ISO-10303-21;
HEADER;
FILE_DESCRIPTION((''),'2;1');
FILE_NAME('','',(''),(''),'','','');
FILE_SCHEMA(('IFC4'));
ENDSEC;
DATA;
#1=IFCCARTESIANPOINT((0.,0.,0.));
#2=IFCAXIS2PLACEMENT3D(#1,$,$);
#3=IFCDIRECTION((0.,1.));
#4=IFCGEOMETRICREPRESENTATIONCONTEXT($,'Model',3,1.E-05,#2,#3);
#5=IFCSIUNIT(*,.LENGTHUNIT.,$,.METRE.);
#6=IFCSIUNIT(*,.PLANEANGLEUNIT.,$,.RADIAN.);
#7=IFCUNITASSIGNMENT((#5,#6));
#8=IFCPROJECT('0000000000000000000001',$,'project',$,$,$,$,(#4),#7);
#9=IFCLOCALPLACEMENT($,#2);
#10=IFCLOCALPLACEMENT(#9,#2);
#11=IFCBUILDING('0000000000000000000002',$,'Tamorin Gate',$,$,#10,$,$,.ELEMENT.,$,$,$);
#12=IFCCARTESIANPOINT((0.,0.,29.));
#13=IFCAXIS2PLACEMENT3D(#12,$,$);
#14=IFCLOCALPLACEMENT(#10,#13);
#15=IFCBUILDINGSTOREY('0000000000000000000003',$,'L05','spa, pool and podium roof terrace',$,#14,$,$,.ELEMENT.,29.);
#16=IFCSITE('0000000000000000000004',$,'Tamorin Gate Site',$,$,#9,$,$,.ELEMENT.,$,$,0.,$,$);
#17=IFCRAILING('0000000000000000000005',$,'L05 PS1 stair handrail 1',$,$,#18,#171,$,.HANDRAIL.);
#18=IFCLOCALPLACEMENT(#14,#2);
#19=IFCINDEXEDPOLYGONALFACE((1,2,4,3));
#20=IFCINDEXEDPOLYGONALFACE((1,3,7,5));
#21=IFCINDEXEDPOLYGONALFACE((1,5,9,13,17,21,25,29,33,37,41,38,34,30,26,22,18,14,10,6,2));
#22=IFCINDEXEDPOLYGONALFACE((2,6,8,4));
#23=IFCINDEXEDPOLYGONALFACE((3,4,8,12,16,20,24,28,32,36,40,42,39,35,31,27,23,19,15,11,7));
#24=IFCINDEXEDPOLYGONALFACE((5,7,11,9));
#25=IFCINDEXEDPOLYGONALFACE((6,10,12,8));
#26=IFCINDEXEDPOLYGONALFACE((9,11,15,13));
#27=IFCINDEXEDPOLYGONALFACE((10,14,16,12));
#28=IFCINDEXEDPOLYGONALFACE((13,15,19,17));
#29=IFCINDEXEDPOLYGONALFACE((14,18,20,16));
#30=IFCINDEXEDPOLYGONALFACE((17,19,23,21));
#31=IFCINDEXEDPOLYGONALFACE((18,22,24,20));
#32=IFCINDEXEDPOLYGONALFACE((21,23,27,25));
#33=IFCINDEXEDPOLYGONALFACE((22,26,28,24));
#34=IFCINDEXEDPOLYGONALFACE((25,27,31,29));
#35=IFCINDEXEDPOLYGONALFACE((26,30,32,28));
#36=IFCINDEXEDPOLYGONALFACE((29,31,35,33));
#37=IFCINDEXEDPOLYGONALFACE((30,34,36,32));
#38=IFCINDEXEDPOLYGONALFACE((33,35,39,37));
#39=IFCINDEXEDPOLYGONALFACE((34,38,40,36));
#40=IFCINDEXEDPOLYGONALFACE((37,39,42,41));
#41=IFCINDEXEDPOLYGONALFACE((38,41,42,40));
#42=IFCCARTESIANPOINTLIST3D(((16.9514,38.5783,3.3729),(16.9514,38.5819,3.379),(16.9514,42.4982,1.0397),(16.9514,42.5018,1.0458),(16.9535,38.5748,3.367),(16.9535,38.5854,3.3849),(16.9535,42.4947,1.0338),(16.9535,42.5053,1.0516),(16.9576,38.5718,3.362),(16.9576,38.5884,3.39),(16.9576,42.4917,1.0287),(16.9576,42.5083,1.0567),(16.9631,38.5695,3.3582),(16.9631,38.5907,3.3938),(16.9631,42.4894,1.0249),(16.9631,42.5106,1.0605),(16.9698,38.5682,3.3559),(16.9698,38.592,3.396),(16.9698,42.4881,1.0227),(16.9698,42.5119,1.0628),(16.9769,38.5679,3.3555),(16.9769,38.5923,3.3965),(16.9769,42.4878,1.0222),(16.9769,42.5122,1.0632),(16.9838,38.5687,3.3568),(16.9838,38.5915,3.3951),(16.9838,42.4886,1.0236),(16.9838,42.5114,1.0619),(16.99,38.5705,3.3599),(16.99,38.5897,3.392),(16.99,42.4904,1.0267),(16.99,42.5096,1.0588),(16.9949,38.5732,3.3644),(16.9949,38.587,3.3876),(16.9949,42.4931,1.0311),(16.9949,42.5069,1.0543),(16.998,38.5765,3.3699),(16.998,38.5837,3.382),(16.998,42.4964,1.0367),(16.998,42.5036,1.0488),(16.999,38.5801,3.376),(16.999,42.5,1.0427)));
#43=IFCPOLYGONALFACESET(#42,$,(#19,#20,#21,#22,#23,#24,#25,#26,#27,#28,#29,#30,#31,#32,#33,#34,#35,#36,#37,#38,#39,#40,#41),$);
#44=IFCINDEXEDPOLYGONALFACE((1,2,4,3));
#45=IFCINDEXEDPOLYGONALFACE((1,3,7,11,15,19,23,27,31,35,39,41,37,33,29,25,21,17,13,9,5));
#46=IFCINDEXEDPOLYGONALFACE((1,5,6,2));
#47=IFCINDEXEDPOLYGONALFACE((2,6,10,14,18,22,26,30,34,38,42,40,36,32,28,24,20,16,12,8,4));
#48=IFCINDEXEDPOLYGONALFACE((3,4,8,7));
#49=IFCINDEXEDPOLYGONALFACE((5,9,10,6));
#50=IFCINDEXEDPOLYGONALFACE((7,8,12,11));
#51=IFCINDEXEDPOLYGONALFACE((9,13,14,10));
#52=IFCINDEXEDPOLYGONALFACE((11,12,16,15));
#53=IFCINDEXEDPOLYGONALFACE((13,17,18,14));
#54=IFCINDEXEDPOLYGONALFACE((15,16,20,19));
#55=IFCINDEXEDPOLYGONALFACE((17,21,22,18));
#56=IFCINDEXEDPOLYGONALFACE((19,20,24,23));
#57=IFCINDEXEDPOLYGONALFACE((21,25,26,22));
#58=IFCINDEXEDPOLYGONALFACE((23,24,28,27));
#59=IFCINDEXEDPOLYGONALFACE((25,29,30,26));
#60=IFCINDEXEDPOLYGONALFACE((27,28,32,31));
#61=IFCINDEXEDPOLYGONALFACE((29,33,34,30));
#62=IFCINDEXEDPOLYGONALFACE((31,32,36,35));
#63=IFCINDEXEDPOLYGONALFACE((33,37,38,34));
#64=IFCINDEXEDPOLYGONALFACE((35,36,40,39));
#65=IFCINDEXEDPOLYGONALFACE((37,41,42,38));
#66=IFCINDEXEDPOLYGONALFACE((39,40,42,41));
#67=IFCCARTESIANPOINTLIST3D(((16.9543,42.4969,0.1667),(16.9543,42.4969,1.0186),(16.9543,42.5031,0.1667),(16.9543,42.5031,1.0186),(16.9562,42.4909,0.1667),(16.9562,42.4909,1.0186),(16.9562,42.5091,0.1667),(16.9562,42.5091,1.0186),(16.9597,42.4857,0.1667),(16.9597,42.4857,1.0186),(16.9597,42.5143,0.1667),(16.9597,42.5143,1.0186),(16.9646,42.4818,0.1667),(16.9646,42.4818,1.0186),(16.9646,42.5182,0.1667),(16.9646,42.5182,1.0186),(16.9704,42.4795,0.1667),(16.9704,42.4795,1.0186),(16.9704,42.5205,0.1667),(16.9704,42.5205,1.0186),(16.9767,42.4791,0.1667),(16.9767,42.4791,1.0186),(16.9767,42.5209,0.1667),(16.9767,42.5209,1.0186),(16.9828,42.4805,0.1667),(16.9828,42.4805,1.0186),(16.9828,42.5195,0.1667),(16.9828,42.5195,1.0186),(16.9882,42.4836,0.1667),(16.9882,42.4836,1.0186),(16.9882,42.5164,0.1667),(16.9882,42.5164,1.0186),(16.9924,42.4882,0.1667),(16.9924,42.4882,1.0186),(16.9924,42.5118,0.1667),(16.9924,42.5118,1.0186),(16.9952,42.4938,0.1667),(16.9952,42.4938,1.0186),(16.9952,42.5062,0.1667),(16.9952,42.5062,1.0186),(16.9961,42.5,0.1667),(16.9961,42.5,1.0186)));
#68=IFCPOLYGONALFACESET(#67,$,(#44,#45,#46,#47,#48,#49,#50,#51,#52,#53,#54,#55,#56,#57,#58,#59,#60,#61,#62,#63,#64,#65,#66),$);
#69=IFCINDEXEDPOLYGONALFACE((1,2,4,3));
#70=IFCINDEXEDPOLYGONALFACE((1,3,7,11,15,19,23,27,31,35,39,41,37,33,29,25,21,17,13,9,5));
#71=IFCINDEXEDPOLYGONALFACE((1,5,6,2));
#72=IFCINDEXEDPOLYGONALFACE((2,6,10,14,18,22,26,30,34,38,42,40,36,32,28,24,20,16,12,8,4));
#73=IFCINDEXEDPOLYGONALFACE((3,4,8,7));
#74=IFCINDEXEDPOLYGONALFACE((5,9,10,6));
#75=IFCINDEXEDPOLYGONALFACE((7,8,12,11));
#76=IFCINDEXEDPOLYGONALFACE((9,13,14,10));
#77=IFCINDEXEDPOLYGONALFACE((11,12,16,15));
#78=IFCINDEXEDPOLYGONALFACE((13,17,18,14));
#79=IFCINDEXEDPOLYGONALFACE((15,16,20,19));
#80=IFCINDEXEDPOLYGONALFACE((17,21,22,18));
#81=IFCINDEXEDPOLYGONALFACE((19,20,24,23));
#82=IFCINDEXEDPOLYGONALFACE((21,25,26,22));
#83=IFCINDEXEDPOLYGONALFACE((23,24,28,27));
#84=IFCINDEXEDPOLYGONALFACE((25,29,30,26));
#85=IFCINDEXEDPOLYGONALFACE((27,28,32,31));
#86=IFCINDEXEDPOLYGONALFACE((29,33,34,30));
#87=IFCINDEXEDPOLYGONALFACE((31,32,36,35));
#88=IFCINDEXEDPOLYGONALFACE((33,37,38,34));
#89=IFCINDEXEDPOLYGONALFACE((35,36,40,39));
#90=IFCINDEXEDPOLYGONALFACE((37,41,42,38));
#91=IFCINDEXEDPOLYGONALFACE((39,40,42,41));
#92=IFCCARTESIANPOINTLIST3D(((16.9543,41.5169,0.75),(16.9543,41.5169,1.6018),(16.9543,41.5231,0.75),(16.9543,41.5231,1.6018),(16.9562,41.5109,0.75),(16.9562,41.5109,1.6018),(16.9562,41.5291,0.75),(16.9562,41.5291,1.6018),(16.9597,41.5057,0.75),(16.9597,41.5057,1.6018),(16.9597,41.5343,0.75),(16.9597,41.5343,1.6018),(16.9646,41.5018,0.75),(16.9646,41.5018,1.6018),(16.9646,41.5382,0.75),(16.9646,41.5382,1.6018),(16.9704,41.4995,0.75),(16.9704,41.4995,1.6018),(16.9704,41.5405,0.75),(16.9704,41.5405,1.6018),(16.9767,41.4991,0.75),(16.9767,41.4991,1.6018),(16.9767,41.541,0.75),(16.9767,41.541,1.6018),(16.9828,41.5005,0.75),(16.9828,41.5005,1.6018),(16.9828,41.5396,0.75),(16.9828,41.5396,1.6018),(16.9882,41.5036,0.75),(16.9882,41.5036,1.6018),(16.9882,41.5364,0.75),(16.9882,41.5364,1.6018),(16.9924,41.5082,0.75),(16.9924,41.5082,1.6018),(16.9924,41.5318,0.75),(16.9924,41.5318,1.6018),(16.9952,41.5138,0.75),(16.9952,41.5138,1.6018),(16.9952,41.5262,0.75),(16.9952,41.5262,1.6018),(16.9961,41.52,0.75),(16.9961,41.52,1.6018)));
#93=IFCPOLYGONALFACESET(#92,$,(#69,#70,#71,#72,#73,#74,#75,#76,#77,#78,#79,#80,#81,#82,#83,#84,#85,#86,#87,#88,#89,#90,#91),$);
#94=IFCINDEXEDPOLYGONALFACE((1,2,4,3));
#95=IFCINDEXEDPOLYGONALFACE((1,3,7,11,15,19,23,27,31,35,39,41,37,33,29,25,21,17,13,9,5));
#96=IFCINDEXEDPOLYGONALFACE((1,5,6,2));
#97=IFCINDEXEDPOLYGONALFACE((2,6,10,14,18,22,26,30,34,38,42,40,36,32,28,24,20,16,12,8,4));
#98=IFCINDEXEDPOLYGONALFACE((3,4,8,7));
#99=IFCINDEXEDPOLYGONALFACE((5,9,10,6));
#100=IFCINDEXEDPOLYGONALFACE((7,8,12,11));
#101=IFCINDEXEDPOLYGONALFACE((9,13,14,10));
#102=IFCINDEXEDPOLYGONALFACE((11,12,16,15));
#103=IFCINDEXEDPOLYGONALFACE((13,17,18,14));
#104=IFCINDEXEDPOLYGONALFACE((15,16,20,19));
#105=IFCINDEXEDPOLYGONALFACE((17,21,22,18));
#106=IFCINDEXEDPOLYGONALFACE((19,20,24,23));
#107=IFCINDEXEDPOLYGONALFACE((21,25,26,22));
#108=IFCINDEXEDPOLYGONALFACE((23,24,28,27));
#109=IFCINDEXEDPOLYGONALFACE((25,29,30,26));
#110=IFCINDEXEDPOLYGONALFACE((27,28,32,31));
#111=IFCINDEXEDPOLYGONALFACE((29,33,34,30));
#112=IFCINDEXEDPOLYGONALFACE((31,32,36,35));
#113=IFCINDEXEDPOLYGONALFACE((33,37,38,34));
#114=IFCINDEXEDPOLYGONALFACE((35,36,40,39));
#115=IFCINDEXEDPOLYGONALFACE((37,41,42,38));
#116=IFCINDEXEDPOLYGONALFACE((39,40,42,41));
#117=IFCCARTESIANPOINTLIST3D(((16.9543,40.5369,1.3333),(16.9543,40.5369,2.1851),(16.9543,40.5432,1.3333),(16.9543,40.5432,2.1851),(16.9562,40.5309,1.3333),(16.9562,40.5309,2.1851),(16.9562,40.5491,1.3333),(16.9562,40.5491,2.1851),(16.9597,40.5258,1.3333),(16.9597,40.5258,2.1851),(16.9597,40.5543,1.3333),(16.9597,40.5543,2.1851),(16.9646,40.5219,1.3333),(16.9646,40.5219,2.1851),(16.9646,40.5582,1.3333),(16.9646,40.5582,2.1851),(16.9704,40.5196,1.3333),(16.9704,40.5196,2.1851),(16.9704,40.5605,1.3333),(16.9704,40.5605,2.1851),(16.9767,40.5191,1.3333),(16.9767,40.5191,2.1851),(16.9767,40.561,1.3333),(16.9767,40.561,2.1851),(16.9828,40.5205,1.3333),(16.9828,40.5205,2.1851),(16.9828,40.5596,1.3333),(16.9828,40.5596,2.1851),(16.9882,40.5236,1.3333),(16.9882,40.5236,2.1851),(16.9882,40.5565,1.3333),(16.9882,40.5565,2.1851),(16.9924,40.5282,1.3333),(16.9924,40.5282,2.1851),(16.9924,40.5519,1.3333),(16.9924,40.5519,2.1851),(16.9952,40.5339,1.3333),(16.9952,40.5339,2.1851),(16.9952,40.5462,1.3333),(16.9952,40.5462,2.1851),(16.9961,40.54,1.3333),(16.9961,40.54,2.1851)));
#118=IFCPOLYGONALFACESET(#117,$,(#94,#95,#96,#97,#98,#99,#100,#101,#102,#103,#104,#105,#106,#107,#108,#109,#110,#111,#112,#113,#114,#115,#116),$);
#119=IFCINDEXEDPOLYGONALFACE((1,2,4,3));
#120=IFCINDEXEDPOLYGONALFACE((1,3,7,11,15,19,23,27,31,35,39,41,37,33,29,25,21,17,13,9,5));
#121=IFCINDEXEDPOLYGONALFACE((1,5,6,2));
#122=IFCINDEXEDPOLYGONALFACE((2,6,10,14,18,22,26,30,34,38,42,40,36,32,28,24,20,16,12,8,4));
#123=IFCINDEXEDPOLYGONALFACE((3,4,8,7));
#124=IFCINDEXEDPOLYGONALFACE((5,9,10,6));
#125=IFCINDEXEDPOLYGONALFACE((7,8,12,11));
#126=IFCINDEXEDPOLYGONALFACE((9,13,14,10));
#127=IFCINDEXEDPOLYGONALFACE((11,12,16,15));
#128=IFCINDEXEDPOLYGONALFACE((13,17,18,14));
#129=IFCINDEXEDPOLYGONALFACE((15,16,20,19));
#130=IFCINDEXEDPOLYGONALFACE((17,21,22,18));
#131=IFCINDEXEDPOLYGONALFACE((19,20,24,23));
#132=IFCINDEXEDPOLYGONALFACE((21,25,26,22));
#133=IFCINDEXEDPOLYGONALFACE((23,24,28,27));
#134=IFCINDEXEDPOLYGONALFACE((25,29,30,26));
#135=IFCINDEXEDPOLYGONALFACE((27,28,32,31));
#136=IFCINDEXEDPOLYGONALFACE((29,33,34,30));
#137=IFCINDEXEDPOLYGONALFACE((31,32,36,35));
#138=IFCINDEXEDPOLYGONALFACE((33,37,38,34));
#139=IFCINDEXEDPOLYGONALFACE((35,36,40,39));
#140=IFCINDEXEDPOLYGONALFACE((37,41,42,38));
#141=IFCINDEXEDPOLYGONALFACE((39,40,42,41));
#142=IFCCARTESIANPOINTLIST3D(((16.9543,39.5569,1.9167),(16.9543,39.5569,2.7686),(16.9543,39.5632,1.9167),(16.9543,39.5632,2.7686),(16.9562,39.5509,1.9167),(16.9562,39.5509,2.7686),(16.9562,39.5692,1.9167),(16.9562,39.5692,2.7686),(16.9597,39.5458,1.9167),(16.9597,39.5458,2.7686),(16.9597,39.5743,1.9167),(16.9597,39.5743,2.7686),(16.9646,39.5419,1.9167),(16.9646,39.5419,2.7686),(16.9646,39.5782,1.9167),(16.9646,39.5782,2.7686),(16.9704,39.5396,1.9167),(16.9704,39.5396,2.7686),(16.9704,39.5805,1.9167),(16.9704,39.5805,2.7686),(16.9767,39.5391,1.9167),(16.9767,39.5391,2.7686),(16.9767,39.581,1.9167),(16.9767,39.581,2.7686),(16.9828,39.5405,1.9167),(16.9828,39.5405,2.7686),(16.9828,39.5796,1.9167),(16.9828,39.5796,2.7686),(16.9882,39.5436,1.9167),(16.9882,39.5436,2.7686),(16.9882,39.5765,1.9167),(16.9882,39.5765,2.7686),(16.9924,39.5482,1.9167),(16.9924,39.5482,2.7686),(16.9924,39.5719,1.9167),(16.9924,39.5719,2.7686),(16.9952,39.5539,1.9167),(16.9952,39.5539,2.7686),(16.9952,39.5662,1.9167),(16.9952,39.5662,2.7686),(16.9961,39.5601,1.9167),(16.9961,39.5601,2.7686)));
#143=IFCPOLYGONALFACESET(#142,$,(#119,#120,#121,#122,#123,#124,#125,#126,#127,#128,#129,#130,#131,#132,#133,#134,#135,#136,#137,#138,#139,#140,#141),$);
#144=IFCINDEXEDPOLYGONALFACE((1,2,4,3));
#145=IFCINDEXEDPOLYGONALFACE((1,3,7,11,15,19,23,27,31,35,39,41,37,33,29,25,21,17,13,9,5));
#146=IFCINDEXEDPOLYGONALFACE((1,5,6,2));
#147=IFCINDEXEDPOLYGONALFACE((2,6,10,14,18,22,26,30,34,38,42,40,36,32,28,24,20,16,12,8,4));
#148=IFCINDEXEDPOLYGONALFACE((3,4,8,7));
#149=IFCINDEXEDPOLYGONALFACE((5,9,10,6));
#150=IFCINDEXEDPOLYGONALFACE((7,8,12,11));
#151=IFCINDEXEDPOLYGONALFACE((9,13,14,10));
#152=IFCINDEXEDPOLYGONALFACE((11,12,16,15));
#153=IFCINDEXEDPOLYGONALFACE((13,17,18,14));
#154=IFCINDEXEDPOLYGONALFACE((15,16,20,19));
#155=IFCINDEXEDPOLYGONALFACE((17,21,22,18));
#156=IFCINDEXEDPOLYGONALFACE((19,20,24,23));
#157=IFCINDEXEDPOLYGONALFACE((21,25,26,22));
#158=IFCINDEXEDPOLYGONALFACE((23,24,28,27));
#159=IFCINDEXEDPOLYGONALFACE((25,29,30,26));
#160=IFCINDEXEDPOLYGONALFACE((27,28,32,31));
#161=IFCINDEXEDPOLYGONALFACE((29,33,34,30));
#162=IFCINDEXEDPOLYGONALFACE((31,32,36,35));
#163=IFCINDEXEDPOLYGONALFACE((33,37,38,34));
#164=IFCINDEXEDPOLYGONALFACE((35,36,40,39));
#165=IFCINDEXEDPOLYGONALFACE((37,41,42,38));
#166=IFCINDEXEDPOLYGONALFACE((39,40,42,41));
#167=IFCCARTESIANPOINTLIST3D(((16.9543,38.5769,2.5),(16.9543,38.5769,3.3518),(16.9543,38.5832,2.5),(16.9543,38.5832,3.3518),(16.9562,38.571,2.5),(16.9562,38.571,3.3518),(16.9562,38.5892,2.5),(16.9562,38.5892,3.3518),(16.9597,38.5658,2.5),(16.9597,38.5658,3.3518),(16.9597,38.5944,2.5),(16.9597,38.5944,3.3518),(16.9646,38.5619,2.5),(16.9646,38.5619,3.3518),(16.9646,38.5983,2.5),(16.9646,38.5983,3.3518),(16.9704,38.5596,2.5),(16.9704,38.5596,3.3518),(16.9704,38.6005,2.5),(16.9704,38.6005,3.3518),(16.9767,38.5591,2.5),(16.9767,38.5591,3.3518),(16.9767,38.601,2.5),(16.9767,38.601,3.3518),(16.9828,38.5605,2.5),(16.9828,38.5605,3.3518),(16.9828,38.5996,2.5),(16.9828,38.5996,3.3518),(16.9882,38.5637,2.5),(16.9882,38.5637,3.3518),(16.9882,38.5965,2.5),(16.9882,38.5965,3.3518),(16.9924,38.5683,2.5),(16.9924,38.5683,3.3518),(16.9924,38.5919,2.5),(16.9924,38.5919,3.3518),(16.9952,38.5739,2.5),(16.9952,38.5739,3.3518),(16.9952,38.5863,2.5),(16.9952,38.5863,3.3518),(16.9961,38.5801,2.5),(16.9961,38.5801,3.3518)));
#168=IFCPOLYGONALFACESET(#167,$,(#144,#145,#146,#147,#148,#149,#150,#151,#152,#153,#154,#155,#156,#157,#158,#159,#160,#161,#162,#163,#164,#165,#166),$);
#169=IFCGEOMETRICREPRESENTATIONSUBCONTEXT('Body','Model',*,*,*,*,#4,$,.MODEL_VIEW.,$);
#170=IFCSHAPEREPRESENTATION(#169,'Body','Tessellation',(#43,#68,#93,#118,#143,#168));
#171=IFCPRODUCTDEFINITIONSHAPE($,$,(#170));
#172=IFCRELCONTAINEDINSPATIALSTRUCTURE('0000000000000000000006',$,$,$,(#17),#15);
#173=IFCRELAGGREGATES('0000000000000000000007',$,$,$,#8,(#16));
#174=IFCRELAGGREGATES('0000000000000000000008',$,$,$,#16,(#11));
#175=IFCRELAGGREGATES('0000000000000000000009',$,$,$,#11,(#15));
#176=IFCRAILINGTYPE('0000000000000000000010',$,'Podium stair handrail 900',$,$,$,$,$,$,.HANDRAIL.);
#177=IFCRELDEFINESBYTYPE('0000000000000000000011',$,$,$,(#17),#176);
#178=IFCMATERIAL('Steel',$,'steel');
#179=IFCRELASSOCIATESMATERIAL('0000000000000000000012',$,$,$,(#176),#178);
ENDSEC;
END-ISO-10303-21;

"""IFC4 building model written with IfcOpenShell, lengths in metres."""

from ifc_helpers import new_model, si_unit, direction, frame, origin, origin_2d, place, context, subcontext, project, spatial, circle, extrude, material, type_object, element, save


model = new_model("IFC4")

# Units and contexts
model_context = context("Model", 3, precision=1e-05, world=origin(), true_north=direction((0.0, 1.0)))
body_context = subcontext(model_context, "Body", "Model", "MODEL_VIEW")
ifc_project = project(units=[si_unit("LENGTHUNIT", "METRE"), si_unit("PLANEANGLEUNIT", "RADIAN")], contexts=[model_context])

# Site, building, storey
site_placement = place(None, origin())
site = spatial("IfcSite", under=ifc_project, at=site_placement, Name="Tamorin Gate Site", CompositionType="ELEMENT", RefElevation=0.0)
building_placement = place(site_placement, origin())
building = spatial("IfcBuilding", under=site, at=building_placement, Name="Tamorin Gate", CompositionType="ELEMENT")
storey_placement = place(building_placement, frame((0.0, 0.0, 29.0)))
storey = spatial("IfcBuildingStorey", under=building, at=storey_placement, Name="L05", Description="spa, pool and podium roof terrace", CompositionType="ELEMENT", Elevation=29.0)

# Railing
ifc_material_1 = material(Name="Steel", Category="steel")
railing_type_1 = type_object("IfcRailingType", Name="Podium stair handrail 900", PredefinedType="HANDRAIL", material=ifc_material_1)
railing_1_placement = place(storey_placement, frame((16.9751, 42.5, 0.1667)))
element("IfcRailing", 1, at=railing_1_placement, inside=storey, type_object=railing_type_1, Name="L05 PS1 stair handrail 1", PredefinedType="HANDRAIL", context=body_context, shape_type="SweptSolid", body=[
    extrude(circle(Radius=0.0239, at=origin_2d()), frame((0.0, 0.0, 0.876), z_axis=(0.0, -0.859296, 0.511478), x_axis=(1.0, 0.0, 0.0)), (0.0, 0.0, 1.0), 4.5618),
    extrude(circle(Radius=0.021, at=origin_2d()), origin(), (0.0, 0.0, 1.0), 0.8518),
    extrude(circle(Radius=0.021, at=origin_2d()), frame((0.0, -0.98, 0.5833)), (0.0, 0.0, 1.0), 0.8518),
    extrude(circle(Radius=0.021, at=origin_2d()), frame((0.0, -1.96, 1.1665)), (0.0, 0.0, 1.0), 0.8518),
    extrude(circle(Radius=0.021, at=origin_2d()), frame((0.0, -2.9399, 1.75)), (0.0, 0.0, 1.0), 0.8518),
    extrude(circle(Radius=0.021, at=origin_2d()), frame((0.0, -3.9199, 2.3333)), (0.0, 0.0, 1.0), 0.8518),
])

save(model, "model.ifc")
